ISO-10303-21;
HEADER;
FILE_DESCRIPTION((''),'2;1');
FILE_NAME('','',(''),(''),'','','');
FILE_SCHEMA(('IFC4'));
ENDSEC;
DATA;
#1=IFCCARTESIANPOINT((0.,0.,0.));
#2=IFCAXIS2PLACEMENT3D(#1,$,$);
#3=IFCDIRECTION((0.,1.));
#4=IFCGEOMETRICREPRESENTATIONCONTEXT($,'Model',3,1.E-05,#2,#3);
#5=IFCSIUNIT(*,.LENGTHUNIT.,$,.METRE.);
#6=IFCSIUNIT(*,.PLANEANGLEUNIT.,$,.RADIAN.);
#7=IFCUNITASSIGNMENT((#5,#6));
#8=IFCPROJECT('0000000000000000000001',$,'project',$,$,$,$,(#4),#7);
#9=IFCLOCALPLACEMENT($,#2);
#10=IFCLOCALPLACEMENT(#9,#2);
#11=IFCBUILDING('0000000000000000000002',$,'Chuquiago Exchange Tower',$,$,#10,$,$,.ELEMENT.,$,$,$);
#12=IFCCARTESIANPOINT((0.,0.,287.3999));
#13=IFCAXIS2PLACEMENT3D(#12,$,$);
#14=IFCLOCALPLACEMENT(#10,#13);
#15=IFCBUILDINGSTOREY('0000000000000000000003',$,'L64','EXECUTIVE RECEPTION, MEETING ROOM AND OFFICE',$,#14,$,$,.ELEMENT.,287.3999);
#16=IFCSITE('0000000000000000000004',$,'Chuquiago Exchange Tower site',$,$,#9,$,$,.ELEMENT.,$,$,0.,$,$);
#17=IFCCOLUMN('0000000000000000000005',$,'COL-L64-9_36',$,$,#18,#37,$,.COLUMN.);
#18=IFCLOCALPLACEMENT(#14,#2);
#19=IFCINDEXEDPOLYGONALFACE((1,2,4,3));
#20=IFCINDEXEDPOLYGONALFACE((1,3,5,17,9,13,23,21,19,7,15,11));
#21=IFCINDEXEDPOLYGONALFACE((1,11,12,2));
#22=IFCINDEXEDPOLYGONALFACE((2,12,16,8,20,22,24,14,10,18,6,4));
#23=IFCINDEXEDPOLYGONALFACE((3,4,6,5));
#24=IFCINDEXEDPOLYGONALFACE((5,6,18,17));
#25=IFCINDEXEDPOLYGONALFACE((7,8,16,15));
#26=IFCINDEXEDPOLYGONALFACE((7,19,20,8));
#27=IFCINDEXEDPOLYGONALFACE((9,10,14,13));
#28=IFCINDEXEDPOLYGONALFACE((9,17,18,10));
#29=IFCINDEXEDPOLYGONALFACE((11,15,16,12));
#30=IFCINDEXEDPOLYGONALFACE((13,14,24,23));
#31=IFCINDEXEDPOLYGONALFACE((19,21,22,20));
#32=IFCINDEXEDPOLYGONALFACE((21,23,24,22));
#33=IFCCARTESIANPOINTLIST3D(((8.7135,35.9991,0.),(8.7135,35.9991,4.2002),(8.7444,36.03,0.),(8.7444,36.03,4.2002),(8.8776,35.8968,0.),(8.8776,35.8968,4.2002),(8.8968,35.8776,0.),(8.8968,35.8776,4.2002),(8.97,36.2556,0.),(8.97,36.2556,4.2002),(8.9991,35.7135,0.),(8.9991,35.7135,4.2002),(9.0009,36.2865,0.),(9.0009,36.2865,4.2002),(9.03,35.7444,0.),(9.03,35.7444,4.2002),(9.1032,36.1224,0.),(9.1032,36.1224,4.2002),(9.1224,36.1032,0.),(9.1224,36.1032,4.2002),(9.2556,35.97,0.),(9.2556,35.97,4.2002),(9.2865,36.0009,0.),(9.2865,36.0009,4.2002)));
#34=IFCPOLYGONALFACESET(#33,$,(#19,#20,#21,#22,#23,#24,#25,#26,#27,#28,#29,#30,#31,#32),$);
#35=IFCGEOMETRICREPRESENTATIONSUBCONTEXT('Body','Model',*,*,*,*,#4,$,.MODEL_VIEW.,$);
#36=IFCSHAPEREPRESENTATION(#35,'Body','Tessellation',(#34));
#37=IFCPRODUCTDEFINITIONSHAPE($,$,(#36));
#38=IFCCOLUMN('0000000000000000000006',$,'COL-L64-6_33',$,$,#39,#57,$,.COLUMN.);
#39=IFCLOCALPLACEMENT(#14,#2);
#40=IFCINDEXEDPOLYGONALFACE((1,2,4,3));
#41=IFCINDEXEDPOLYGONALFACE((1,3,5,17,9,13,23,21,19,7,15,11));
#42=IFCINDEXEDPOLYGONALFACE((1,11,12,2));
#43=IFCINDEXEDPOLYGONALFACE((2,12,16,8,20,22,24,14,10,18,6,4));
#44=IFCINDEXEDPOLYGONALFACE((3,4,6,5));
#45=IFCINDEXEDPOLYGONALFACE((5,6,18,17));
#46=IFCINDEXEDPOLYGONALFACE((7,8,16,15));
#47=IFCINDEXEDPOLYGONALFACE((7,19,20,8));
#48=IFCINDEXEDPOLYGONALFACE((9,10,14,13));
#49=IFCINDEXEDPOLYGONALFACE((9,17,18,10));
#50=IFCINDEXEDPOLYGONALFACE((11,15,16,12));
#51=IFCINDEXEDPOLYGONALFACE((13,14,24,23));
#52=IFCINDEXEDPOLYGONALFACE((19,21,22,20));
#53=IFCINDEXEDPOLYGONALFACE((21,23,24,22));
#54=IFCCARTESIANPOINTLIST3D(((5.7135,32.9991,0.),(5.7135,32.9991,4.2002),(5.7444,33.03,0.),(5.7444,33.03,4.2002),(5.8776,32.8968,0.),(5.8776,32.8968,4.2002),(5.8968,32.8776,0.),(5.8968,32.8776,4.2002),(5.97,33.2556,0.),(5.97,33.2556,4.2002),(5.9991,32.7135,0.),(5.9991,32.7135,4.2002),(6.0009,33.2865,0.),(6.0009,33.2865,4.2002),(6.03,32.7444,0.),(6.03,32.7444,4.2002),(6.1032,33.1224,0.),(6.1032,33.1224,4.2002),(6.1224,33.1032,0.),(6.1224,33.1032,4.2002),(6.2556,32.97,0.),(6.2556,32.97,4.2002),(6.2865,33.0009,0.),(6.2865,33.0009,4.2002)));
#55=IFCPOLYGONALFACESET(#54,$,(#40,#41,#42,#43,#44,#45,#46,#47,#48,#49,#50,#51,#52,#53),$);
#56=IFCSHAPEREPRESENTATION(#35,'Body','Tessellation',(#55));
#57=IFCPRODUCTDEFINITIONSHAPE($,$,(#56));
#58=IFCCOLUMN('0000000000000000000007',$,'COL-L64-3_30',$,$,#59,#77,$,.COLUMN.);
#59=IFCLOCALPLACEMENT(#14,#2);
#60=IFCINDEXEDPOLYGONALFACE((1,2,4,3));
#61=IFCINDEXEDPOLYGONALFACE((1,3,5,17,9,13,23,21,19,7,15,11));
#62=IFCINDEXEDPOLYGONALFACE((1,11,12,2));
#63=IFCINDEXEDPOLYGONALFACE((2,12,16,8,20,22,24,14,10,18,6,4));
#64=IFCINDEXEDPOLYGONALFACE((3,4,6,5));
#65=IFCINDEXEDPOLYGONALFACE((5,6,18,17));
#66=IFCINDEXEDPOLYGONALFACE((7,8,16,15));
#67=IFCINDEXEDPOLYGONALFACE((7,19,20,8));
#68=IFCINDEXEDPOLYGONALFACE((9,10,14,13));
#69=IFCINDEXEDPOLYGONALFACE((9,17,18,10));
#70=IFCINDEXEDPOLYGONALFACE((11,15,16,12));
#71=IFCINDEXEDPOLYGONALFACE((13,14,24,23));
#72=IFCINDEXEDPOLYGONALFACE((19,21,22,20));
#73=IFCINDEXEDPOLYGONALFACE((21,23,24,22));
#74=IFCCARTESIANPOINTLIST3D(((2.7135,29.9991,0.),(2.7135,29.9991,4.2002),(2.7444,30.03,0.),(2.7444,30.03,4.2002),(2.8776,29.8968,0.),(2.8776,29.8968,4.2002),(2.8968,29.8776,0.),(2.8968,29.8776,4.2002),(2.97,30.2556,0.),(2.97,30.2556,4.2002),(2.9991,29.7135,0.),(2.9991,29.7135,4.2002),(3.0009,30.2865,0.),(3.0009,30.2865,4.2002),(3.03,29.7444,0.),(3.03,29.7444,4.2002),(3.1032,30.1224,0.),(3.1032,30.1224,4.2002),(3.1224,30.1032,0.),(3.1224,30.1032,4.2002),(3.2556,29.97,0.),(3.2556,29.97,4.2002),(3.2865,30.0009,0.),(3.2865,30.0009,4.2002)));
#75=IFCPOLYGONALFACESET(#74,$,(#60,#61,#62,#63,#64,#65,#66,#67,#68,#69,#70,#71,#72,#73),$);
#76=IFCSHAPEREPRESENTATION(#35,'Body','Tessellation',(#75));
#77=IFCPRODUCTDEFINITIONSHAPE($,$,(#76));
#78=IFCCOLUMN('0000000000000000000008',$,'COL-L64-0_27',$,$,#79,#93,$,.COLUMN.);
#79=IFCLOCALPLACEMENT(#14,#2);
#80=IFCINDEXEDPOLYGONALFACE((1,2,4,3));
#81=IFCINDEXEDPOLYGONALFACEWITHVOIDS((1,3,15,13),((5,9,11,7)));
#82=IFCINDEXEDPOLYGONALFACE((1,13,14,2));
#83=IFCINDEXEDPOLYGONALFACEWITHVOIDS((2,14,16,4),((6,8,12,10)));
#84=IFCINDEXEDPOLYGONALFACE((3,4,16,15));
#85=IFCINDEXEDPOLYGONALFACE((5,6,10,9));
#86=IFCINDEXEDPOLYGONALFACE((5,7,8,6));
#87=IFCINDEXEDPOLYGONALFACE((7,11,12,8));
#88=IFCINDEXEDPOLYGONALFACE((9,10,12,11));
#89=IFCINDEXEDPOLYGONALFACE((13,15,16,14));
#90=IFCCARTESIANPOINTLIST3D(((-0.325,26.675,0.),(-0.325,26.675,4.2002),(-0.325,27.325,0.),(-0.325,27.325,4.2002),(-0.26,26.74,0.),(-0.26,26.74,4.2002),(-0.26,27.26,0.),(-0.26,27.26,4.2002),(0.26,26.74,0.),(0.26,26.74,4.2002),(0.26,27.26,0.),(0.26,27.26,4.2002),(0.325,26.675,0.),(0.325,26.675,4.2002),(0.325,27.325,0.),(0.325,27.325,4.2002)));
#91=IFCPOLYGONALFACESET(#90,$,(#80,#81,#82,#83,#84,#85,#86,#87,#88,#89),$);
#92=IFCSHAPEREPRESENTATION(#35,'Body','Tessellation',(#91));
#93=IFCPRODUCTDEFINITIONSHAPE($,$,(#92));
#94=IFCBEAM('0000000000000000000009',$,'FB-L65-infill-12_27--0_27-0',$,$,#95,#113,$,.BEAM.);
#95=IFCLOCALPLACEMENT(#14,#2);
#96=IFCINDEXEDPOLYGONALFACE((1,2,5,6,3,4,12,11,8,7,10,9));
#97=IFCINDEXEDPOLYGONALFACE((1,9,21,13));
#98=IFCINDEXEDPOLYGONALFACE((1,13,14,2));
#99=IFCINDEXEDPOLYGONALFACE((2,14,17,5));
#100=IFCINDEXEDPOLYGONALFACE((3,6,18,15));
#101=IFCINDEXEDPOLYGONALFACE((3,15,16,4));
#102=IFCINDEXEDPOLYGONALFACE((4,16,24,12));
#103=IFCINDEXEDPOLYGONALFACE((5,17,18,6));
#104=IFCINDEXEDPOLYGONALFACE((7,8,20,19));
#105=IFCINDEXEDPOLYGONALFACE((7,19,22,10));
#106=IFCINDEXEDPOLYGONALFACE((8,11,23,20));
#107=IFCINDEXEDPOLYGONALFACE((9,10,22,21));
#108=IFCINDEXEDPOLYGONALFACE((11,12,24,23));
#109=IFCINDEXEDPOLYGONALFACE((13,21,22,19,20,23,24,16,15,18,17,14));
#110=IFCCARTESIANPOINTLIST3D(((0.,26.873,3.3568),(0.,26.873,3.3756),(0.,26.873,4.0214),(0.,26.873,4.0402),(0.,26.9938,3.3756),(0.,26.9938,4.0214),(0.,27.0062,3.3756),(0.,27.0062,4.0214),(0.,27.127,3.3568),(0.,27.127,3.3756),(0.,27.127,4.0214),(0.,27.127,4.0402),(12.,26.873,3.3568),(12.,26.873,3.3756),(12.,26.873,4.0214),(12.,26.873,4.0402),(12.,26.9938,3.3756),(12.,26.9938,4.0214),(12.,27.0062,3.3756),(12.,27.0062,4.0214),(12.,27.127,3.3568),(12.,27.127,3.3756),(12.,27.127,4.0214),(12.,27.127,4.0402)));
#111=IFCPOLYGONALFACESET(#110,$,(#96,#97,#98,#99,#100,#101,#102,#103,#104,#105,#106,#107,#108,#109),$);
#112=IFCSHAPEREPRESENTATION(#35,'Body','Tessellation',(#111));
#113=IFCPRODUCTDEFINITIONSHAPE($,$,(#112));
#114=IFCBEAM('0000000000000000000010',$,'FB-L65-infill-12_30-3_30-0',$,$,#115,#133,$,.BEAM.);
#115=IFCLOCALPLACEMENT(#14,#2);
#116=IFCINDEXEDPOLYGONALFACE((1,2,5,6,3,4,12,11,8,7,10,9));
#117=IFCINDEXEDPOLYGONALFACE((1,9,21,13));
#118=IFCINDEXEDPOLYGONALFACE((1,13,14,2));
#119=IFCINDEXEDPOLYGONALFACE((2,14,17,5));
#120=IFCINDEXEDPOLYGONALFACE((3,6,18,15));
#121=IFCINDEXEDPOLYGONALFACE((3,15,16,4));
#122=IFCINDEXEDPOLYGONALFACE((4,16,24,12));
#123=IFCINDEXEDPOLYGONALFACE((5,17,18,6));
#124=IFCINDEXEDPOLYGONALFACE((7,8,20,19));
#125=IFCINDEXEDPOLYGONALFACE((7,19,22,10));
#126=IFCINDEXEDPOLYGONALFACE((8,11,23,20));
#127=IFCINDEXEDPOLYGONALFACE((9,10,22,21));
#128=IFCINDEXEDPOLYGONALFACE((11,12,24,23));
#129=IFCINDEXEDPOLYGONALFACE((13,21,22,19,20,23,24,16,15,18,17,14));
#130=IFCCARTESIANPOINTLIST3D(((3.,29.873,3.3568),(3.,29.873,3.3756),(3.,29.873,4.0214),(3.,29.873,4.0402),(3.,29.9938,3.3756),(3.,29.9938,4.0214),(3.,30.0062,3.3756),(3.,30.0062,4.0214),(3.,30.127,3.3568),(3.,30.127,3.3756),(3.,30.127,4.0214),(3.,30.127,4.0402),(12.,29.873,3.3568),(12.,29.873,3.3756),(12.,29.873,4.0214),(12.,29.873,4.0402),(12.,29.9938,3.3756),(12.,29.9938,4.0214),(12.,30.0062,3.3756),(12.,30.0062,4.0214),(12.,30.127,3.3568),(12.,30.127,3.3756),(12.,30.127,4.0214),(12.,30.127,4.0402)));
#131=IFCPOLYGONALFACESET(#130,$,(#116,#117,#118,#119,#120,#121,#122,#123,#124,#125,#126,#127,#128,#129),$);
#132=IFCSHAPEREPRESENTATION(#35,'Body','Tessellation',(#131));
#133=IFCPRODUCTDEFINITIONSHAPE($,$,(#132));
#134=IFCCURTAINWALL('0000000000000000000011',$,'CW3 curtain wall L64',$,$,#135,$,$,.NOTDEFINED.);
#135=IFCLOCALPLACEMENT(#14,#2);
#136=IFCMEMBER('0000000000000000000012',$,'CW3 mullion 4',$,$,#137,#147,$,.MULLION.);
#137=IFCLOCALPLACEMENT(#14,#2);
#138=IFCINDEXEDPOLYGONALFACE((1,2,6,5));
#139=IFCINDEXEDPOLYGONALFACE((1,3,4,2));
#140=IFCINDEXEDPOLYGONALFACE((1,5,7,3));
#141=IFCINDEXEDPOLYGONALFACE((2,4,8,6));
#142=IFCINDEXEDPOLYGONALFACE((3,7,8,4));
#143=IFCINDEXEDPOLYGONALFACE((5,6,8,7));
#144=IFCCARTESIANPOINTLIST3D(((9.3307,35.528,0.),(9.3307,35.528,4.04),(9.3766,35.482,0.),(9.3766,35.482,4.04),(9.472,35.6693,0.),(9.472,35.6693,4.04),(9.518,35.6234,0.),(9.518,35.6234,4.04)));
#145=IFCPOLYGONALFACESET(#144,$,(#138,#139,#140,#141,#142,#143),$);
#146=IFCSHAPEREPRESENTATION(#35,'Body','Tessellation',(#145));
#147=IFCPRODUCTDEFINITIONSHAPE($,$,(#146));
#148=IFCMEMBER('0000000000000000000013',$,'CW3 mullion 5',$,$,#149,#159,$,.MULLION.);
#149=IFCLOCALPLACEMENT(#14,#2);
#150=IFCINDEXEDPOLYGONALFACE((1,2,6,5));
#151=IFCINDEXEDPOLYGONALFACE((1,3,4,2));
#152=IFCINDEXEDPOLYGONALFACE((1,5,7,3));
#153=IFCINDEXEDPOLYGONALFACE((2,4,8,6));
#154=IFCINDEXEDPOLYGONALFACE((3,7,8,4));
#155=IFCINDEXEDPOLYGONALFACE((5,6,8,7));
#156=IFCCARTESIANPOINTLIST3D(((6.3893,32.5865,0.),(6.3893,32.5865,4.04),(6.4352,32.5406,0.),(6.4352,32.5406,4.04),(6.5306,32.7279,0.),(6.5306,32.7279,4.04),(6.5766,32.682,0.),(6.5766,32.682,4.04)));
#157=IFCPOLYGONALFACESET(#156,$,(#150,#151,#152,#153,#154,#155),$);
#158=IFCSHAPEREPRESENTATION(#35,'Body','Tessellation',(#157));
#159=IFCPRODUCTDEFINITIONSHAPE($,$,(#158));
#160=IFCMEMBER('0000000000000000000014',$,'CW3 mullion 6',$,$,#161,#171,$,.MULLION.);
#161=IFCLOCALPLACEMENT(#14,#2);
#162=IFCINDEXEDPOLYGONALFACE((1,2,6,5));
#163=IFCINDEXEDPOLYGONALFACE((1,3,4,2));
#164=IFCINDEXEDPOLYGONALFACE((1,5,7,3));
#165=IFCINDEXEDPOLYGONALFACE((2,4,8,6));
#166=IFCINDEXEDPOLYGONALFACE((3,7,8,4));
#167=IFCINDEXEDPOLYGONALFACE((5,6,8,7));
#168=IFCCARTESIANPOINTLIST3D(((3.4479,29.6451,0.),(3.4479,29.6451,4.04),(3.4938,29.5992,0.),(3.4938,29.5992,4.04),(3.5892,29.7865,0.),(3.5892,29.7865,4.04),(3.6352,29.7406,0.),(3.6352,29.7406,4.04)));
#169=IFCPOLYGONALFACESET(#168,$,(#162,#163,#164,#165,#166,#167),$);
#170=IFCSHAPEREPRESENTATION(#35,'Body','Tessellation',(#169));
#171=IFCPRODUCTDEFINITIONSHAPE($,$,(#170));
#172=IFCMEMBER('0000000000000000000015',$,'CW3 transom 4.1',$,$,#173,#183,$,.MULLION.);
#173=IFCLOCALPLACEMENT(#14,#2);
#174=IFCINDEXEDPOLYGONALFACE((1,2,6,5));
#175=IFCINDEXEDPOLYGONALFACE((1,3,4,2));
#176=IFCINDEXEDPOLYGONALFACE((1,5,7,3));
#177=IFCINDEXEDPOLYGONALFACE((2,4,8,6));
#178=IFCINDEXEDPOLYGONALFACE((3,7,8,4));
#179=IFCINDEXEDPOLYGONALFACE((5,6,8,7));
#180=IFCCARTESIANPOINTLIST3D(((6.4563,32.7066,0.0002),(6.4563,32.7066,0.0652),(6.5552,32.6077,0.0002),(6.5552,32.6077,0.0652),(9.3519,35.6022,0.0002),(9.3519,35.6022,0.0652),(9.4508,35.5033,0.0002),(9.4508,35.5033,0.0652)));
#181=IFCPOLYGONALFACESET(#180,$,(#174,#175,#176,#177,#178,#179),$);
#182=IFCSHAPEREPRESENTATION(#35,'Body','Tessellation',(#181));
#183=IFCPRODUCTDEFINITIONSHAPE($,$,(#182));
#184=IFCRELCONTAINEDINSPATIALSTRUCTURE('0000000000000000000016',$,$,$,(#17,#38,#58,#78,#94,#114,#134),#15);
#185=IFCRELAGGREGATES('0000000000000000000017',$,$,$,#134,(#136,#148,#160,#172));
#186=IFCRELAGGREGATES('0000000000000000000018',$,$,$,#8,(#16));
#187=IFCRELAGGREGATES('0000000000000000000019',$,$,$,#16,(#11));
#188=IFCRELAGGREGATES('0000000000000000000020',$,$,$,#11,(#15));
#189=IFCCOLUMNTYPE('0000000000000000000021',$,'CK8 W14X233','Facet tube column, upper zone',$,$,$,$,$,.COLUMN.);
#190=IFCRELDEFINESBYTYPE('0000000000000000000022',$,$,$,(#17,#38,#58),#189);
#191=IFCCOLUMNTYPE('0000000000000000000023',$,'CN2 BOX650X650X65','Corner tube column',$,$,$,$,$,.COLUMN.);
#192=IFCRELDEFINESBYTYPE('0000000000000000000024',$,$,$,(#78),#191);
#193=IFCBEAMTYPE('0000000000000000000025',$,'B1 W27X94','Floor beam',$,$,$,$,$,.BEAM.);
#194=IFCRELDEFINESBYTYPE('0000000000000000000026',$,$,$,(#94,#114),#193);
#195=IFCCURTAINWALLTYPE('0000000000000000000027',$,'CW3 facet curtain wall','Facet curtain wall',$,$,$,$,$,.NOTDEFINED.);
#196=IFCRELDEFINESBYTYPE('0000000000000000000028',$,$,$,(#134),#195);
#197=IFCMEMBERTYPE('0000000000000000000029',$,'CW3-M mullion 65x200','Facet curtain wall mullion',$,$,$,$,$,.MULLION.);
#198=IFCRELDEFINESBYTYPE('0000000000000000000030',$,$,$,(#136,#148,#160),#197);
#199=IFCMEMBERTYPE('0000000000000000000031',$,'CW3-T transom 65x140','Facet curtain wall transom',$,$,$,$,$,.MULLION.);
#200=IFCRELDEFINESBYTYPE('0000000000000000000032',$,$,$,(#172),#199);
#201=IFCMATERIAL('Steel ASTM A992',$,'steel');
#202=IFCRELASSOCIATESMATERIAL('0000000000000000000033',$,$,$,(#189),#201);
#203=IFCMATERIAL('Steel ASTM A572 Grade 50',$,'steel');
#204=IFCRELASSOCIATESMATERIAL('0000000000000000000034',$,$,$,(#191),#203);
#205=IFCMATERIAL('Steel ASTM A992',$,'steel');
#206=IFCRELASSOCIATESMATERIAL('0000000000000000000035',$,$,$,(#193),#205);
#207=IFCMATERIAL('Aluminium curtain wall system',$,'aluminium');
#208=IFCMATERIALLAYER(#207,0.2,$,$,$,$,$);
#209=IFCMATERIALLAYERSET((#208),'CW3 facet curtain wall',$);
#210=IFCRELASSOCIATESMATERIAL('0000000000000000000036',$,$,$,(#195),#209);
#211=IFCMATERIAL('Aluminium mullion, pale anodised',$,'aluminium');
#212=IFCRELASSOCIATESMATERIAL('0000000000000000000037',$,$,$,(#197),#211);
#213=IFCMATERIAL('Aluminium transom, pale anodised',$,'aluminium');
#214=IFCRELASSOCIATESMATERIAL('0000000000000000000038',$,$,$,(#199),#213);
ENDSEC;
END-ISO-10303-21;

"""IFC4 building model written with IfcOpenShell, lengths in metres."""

from ifc_helpers import new_model, si_unit, direction, frame, origin, origin_2d, place, context, subcontext, project, spatial, rectangle, hollow_rectangle, i_section, extrude, material, layer, layer_set, material_profile, profile_set, type_object, element, aggregate, save


model = new_model("IFC4")

# Units and contexts
model_context = context("Model", 3, precision=1e-05, world=origin(), true_north=direction((0.0, 1.0)))
body_context = subcontext(model_context, "Body", "Model", "MODEL_VIEW")
ifc_project = project(units=[si_unit("LENGTHUNIT", "METRE"), si_unit("PLANEANGLEUNIT", "RADIAN")], contexts=[model_context])

# Site, building, storey
site_placement = place(None, origin())
site = spatial("IfcSite", under=ifc_project, at=site_placement, Name="Chuquiago Exchange Tower site", CompositionType="ELEMENT", RefElevation=0.0)
building_placement = place(site_placement, origin())
building = spatial("IfcBuilding", under=site, at=building_placement, Name="Chuquiago Exchange Tower", CompositionType="ELEMENT")
storey_placement = place(building_placement, frame((0.0, 0.0, 287.3999)))
storey = spatial("IfcBuildingStorey", under=building, at=storey_placement, Name="L64", Description="EXECUTIVE RECEPTION, MEETING ROOM AND OFFICE", CompositionType="ELEMENT", Elevation=287.3999)

# Columns
ifc_material_1 = material(Name="Steel ASTM A992", Category="steel")
ifc_material_profile_1 = material_profile(ifc_material_1, i_section(OverallWidth=0.4038, OverallDepth=0.4065, WebThickness=0.0271, FlangeThickness=0.0437, at=origin_2d()), Name="W14X233")
ifc_profile_set_1 = profile_set([ifc_material_profile_1], Name="Steel ASTM A992")
column_type_1 = type_object("IfcColumnType", Name="CK8 W14X233", Description="Facet tube column, upper zone", PredefinedType="COLUMN", material=ifc_profile_set_1)
for number, where, z_axis, x_axis, name in (
    (1, (9.0, 36.0, 0.0), (0.0, 0.0, 1.0), (-0.707107, 0.707107, 0.0), "COL-L64-9_36"),
    (2, (6.0, 33.0, 0.0), (0.0, 0.0, 1.0), (-0.707107, 0.707107, 0.0), "COL-L64-6_33"),
    (3, (3.0, 30.0, 0.0), (0.0, 0.0, 1.0), (-0.707107, 0.707107, 0.0), "COL-L64-3_30"),
):
    element("IfcColumn", number, at=place(storey_placement, frame(where, z_axis=z_axis, x_axis=x_axis)), inside=storey, type_object=column_type_1, Name=name, PredefinedType="COLUMN", context=body_context, shape_type="SweptSolid", body=[
        extrude(i_section(OverallWidth=0.4038, OverallDepth=0.4065, WebThickness=0.0271, FlangeThickness=0.0437, at=origin_2d()), origin(), (0.0, 0.0, 1.0), 4.2002),
    ])
ifc_material_2 = material(Name="Steel ASTM A572 Grade 50", Category="steel")
ifc_material_profile_2 = material_profile(ifc_material_2, hollow_rectangle(XDim=0.6499, YDim=0.6499, WallThickness=0.0649, at=origin_2d()), Name="BOX650X650X65")
ifc_profile_set_2 = profile_set([ifc_material_profile_2], Name="Steel ASTM A572 Grade 50")
column_type_2 = type_object("IfcColumnType", Name="CN2 BOX650X650X65", Description="Corner tube column", PredefinedType="COLUMN", material=ifc_profile_set_2)
column_placement = place(storey_placement, frame((0.0, 27.0, 0.0), z_axis=(0.0, 0.0, 1.0), x_axis=(-1.0, 0.0, 0.0)))
element("IfcColumn", 4, at=column_placement, inside=storey, type_object=column_type_2, Name="COL-L64-0_27", PredefinedType="COLUMN", context=body_context, shape_type="SweptSolid", body=[
    extrude(hollow_rectangle(XDim=0.6499, YDim=0.6499, WallThickness=0.0649, at=origin_2d()), origin(), (0.0, 0.0, 1.0), 4.2002),
])

# Beams
ifc_material_3 = material(Name="Steel ASTM A992", Category="steel")
ifc_material_profile_3 = material_profile(ifc_material_3, i_section(OverallWidth=0.2539, OverallDepth=0.6833, WebThickness=0.0125, FlangeThickness=0.0188, at=origin_2d()), Name="W27X94")
ifc_profile_set_3 = profile_set([ifc_material_profile_3], Name="Steel ASTM A992")
beam_type_1 = type_object("IfcBeamType", Name="B1 W27X94", Description="Floor beam", PredefinedType="BEAM", material=ifc_profile_set_3)
beam_1_placement = place(storey_placement, frame((12.0, 27.0, 3.6985), z_axis=(-1.0, 0.0, 0.0), x_axis=(0.0, -1.0, 0.0)))
element("IfcBeam", 5, at=beam_1_placement, inside=storey, type_object=beam_type_1, Name="FB-L65-infill-12_27--0_27-0", PredefinedType="BEAM", context=body_context, shape_type="SweptSolid", body=[
    extrude(i_section(OverallWidth=0.2539, OverallDepth=0.6833, WebThickness=0.0125, FlangeThickness=0.0188, at=origin_2d()), origin(), (0.0, 0.0, 1.0), 12.0),
])
beam_2_placement = place(storey_placement, frame((12.0, 30.0, 3.6985), z_axis=(-1.0, 0.0, 0.0), x_axis=(0.0, -1.0, 0.0)))
element("IfcBeam", 6, at=beam_2_placement, inside=storey, type_object=beam_type_1, Name="FB-L65-infill-12_30-3_30-0", PredefinedType="BEAM", context=body_context, shape_type="SweptSolid", body=[
    extrude(i_section(OverallWidth=0.2539, OverallDepth=0.6833, WebThickness=0.0125, FlangeThickness=0.0188, at=origin_2d()), origin(), (0.0, 0.0, 1.0), 9.0),
])

# Curtain wall, members
ifc_material_4 = material(Name="Aluminium curtain wall system", Category="aluminium")
ifc_layer_1 = layer(ifc_material_4, 0.2)
ifc_layer_set_1 = layer_set([ifc_layer_1], Name="CW3 facet curtain wall")
curtain_wall_type = type_object("IfcCurtainWallType", Name="CW3 facet curtain wall", Description="Facet curtain wall", PredefinedType="NOTDEFINED", material=ifc_layer_set_1)
curtain_wall_placement = place(storey_placement, origin())
curtain_wall = element("IfcCurtainWall", 7, at=curtain_wall_placement, inside=storey, type_object=curtain_wall_type, Name="CW3 curtain wall L64", PredefinedType="NOTDEFINED")
ifc_material_5 = material(Name="Aluminium mullion, pale anodised", Category="aluminium")
ifc_material_profile_4 = material_profile(ifc_material_5, rectangle(XDim=0.0649, YDim=0.2, at=origin_2d()), Name="AL 65x200")
ifc_profile_set_4 = profile_set([ifc_material_profile_4], Name="Aluminium mullion, pale anodised")
member_type_1 = type_object("IfcMemberType", Name="CW3-M mullion 65x200", Description="Facet curtain wall mullion", PredefinedType="MULLION", material=ifc_profile_set_4)
member_1_placement = place(storey_placement, frame((9.4243, 35.5757, 0.0), z_axis=(0.0, 0.0, 1.0), x_axis=(0.707107, -0.707107, 0.0)))
member_1 = element("IfcMember", 8, at=member_1_placement, type_object=member_type_1, Name="CW3 mullion 4", PredefinedType="MULLION", context=body_context, shape_type="SweptSolid", body=[
    extrude(rectangle(XDim=0.0649, YDim=0.2, at=origin_2d()), origin(), (0.0, 0.0, 1.0), 4.04),
])
member_2_placement = place(storey_placement, frame((6.4829, 32.6343, 0.0), z_axis=(0.0, 0.0, 1.0), x_axis=(0.707107, -0.707107, 0.0)))
member_2 = element("IfcMember", 9, at=member_2_placement, type_object=member_type_1, Name="CW3 mullion 5", PredefinedType="MULLION", context=body_context, shape_type="SweptSolid", body=[
    extrude(rectangle(XDim=0.0649, YDim=0.2, at=origin_2d()), origin(), (0.0, 0.0, 1.0), 4.04),
])
member_3_placement = place(storey_placement, frame((3.5415, 29.6929, 0.0), z_axis=(0.0, 0.0, 1.0), x_axis=(0.707107, -0.707107, 0.0)))
member_3 = element("IfcMember", 10, at=member_3_placement, type_object=member_type_1, Name="CW3 mullion 6", PredefinedType="MULLION", context=body_context, shape_type="SweptSolid", body=[
    extrude(rectangle(XDim=0.0649, YDim=0.2, at=origin_2d()), origin(), (0.0, 0.0, 1.0), 4.04),
])
ifc_material_6 = material(Name="Aluminium transom, pale anodised", Category="aluminium")
ifc_material_profile_5 = material_profile(ifc_material_6, rectangle(XDim=0.1399, YDim=0.0649, at=origin_2d()), Name="AL 140x65")
ifc_profile_set_5 = profile_set([ifc_material_profile_5], Name="Aluminium transom, pale anodised")
member_type_2 = type_object("IfcMemberType", Name="CW3-T transom 65x140", Description="Facet curtain wall transom", PredefinedType="MULLION", material=ifc_profile_set_5)
member_4_placement = place(storey_placement, frame((9.4014, 35.5527, 0.0327), z_axis=(-0.707107, -0.707107, 0.0), x_axis=(0.707107, -0.707107, 0.0)))
member_4 = element("IfcMember", 11, at=member_4_placement, type_object=member_type_2, Name="CW3 transom 4.1", PredefinedType="MULLION", context=body_context, shape_type="SweptSolid", body=[
    extrude(rectangle(XDim=0.1399, YDim=0.0649, at=origin_2d()), origin(), (0.0, 0.0, 1.0), 4.095),
])

aggregate(curtain_wall, [member_1, member_2, member_3, member_4])

save(model, "model.ifc")
